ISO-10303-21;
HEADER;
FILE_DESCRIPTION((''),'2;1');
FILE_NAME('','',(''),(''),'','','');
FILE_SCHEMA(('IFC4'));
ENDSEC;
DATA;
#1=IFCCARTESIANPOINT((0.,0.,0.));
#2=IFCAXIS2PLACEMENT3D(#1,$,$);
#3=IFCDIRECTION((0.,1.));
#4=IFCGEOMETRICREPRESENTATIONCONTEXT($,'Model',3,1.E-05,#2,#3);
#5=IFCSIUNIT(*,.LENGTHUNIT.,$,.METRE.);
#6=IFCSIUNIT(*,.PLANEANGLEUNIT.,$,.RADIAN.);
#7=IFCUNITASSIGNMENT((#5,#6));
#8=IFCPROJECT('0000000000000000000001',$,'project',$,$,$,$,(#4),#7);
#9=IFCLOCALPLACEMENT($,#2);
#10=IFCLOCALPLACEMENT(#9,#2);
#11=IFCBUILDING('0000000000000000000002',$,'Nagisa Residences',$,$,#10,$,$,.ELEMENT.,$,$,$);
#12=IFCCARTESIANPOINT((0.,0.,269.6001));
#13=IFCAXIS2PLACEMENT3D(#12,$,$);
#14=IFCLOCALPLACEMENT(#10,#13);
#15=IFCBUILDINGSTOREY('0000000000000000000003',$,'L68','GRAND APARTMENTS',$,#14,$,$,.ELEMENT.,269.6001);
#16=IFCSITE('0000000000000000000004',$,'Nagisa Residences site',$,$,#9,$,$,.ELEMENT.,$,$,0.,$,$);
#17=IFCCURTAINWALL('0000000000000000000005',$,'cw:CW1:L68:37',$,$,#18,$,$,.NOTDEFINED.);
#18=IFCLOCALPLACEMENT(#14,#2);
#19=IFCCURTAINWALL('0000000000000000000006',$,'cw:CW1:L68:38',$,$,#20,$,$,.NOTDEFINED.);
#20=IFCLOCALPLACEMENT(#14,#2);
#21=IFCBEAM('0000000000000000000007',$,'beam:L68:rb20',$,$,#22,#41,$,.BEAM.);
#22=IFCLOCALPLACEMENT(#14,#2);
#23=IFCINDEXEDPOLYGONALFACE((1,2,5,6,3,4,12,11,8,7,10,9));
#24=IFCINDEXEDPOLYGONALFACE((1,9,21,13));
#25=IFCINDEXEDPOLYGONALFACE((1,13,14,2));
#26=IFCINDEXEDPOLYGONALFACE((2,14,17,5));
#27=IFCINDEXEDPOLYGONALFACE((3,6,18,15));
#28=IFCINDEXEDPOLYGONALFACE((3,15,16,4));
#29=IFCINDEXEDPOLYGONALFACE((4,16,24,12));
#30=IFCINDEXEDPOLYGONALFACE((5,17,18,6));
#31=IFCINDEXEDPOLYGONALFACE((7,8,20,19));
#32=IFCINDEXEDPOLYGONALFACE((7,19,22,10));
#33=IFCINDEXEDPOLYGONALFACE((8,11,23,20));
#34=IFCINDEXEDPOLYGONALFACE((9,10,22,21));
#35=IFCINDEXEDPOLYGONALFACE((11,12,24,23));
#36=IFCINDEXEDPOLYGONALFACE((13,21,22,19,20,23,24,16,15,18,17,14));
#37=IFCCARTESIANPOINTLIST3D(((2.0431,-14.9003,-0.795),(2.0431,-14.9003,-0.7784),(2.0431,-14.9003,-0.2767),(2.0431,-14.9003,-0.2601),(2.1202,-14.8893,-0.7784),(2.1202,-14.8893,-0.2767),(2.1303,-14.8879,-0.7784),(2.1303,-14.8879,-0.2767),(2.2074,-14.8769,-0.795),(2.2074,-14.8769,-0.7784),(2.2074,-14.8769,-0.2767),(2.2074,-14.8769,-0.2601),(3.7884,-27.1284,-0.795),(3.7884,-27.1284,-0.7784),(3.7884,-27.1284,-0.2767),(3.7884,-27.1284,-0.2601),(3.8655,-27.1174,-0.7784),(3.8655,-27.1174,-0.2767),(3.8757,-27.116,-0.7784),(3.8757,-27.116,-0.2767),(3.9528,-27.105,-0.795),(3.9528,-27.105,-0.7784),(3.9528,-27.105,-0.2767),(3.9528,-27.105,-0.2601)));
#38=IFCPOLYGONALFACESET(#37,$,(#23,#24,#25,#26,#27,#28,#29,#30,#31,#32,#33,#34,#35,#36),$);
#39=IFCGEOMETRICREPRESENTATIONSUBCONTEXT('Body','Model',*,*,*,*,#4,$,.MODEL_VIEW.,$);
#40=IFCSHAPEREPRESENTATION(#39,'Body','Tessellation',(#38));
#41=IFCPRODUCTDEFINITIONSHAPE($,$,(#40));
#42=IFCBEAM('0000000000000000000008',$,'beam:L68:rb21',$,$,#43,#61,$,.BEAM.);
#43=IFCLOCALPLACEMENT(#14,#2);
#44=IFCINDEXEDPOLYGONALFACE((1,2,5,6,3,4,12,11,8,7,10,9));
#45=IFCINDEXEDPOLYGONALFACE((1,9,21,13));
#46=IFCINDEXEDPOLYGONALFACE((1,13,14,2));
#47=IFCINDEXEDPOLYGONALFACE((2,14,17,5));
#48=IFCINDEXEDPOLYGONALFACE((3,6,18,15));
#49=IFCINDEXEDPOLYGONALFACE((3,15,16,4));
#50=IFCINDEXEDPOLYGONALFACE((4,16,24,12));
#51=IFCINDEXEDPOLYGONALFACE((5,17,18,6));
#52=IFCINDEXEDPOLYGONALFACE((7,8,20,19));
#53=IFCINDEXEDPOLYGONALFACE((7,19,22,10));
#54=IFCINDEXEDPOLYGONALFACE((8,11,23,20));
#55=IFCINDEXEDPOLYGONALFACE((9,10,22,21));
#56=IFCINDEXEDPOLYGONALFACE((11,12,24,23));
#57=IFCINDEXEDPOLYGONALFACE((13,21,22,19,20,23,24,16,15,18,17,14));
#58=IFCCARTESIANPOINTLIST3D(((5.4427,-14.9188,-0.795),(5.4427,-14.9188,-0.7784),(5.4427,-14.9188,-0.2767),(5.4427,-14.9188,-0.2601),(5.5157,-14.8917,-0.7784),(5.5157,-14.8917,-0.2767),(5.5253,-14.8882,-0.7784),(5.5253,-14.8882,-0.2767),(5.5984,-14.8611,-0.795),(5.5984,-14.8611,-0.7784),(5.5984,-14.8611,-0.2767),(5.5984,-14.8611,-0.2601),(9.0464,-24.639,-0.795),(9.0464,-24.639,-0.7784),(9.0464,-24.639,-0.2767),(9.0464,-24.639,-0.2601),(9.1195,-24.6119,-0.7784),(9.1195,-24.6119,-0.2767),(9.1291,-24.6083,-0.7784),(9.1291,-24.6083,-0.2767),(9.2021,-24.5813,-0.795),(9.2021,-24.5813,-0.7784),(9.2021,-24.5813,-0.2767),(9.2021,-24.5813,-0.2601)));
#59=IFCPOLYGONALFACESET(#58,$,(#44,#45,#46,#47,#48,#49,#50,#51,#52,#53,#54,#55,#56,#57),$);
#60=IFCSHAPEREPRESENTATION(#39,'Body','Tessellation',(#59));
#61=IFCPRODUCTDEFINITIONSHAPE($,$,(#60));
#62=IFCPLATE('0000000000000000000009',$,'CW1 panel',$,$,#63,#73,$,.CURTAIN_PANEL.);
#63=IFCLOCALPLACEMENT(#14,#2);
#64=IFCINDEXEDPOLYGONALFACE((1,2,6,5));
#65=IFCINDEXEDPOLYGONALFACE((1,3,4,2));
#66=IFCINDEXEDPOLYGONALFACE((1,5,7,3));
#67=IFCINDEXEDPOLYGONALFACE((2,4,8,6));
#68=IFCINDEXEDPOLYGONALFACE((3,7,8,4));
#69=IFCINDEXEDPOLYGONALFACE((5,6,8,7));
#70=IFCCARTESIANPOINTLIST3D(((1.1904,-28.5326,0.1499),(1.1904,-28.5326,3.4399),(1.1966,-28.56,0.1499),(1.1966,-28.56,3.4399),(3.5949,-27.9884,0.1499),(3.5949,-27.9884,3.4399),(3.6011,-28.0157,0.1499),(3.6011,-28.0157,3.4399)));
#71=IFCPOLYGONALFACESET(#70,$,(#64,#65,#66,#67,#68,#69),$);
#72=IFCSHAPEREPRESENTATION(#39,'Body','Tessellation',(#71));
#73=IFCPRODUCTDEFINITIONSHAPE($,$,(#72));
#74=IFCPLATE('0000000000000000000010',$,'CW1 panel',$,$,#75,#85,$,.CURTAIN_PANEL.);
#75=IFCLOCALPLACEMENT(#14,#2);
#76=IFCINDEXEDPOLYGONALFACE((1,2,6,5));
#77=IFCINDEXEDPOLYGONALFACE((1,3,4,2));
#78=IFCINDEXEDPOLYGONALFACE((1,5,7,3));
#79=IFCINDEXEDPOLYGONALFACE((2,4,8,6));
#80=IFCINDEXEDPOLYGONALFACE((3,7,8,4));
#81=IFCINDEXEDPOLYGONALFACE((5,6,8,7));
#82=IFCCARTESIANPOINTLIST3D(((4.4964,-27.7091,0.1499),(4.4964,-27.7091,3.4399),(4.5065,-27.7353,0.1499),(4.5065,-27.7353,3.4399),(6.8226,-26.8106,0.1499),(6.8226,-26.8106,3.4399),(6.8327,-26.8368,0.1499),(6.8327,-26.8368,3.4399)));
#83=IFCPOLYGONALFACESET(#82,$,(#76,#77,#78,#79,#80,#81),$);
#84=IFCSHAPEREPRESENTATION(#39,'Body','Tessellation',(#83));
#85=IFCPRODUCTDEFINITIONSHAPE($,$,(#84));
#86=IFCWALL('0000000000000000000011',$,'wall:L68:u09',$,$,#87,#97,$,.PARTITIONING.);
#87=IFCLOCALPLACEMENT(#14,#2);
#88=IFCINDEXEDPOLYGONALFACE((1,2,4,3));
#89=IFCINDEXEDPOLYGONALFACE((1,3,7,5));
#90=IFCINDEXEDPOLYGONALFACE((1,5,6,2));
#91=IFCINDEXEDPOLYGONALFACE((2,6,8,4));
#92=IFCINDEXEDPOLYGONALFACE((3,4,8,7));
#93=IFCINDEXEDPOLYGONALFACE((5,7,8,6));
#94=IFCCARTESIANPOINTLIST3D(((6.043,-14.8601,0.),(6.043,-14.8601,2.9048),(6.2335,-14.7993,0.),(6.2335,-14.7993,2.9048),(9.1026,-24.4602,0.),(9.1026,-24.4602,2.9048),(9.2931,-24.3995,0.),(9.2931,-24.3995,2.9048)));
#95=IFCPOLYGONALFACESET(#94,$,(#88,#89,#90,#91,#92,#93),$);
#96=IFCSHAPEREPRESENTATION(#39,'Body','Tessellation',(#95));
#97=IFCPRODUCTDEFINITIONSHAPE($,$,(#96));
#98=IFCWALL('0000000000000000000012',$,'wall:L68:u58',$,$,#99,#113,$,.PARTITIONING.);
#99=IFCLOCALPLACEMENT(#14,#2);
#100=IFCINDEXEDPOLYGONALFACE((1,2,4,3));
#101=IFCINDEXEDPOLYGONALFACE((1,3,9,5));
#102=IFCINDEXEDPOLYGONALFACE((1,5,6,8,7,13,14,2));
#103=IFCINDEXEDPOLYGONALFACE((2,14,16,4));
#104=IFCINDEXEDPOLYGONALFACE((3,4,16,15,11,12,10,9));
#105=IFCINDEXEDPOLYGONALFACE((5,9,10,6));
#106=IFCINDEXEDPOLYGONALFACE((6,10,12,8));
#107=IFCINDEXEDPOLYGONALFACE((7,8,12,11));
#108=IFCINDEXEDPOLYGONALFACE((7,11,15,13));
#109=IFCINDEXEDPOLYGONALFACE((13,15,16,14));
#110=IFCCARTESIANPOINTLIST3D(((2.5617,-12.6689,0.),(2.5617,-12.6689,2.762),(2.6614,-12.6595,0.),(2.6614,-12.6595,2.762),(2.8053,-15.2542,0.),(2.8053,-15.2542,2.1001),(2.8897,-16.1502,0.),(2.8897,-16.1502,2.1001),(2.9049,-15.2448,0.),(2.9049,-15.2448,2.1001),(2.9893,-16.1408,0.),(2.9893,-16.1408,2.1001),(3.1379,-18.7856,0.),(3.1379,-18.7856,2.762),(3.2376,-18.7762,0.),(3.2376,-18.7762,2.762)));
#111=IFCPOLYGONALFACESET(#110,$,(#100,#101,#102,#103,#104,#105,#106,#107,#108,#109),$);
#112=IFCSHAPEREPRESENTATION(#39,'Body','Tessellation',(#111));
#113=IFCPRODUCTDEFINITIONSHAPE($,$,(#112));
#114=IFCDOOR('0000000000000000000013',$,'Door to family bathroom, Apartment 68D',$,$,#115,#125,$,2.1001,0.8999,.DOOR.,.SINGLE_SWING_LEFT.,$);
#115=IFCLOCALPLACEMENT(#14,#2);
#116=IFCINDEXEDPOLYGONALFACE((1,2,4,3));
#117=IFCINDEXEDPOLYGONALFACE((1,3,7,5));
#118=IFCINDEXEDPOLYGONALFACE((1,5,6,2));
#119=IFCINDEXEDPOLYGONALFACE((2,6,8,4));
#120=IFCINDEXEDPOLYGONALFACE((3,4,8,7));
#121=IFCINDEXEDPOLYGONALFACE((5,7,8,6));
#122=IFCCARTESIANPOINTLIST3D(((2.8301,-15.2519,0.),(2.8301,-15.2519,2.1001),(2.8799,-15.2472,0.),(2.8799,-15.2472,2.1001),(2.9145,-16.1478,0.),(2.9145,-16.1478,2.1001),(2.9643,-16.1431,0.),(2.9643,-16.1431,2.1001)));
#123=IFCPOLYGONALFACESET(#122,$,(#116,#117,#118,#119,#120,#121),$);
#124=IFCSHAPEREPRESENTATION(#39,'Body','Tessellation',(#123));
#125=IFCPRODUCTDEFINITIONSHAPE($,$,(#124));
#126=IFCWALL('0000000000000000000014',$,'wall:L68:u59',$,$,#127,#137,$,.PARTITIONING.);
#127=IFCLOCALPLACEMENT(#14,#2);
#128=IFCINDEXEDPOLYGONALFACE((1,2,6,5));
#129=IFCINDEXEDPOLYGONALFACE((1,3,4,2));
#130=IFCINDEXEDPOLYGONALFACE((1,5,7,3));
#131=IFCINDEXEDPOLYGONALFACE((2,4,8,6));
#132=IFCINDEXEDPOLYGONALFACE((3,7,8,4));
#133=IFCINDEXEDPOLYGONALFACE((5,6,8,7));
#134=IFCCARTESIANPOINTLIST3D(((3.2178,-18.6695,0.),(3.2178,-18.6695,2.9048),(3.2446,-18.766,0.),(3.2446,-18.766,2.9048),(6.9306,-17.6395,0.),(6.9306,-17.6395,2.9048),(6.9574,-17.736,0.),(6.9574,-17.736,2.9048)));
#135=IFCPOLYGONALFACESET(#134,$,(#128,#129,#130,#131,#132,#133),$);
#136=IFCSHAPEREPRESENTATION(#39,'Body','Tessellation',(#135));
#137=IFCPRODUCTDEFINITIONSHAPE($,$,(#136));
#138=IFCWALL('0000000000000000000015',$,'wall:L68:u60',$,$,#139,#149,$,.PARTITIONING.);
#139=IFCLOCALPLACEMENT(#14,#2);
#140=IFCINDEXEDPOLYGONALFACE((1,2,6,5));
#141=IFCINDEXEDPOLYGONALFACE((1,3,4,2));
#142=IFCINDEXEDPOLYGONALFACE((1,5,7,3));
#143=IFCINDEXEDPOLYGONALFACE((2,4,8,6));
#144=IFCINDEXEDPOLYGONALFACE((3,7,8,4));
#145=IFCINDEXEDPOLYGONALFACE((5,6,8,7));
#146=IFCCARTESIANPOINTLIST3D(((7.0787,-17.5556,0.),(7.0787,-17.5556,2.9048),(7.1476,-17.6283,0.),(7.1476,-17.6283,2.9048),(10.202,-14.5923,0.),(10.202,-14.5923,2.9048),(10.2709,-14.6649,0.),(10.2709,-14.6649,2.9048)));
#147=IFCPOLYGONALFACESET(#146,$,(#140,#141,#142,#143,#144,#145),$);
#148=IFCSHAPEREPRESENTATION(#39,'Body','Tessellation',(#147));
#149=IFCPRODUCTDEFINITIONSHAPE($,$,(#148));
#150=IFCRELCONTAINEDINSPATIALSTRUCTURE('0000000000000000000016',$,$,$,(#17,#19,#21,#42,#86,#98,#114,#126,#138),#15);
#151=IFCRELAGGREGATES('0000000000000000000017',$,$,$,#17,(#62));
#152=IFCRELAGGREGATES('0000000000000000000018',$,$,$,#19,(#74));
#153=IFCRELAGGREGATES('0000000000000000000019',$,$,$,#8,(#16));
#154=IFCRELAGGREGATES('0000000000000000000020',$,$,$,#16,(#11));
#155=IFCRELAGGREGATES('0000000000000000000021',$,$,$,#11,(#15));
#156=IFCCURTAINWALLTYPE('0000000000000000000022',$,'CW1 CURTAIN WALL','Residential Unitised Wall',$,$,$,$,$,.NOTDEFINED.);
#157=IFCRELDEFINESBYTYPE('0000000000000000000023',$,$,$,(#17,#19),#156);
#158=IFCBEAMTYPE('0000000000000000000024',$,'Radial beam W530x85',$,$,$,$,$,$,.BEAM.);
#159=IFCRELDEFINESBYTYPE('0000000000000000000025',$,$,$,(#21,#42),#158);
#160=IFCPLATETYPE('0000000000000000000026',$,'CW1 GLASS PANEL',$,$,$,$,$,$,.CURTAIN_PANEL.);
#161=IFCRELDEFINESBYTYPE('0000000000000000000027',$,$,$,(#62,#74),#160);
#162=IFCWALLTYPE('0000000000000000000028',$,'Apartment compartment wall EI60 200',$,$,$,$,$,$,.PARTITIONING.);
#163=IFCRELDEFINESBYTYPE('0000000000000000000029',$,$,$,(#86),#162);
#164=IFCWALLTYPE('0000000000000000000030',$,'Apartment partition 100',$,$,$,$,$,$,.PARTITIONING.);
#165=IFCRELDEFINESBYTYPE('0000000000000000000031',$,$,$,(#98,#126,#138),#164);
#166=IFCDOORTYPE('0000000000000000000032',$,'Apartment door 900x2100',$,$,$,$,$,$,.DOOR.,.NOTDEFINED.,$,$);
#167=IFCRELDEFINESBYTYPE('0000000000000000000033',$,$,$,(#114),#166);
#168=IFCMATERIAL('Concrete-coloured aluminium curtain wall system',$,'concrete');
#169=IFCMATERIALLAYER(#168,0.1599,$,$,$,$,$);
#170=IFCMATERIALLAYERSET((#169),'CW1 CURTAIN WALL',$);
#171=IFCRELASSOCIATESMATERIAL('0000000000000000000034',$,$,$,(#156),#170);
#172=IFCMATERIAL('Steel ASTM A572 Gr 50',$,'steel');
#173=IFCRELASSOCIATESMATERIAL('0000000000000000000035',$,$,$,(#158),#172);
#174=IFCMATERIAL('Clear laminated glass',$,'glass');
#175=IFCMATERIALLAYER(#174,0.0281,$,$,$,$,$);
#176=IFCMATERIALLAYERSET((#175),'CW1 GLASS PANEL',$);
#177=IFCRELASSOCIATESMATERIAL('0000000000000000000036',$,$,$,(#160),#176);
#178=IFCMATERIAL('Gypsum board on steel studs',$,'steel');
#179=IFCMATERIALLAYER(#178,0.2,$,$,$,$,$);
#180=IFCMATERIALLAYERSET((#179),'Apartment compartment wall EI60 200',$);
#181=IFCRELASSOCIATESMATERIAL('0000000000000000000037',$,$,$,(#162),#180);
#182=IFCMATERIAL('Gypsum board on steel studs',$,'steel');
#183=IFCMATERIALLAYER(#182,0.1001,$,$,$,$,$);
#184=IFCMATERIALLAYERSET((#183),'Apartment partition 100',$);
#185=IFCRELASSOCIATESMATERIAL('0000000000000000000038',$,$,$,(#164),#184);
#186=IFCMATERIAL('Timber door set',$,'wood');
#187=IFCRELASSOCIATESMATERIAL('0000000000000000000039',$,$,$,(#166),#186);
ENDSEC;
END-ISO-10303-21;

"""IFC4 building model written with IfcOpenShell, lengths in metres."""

from ifc_helpers import new_model, si_unit, direction, frame, frame_2d, origin, origin_2d, place, context, subcontext, project, spatial, rectangle, i_section, extrude, material, layer, layer_set, material_profile, profile_set, type_object, element, fill, aggregate, save


model = new_model("IFC4")

# Units and contexts
model_context = context("Model", 3, precision=1e-05, world=origin(), true_north=direction((0.0, 1.0)))
body_context = subcontext(model_context, "Body", "Model", "MODEL_VIEW")
ifc_project = project(units=[si_unit("LENGTHUNIT", "METRE"), si_unit("PLANEANGLEUNIT", "RADIAN")], contexts=[model_context])

# Site, building, storey
site_placement = place(None, origin())
site = spatial("IfcSite", under=ifc_project, at=site_placement, Name="Nagisa Residences site", CompositionType="ELEMENT", RefElevation=0.0)
building_placement = place(site_placement, origin())
building = spatial("IfcBuilding", under=site, at=building_placement, Name="Nagisa Residences", CompositionType="ELEMENT")
storey_placement = place(building_placement, frame((0.0, 0.0, 269.6001)))
storey = spatial("IfcBuildingStorey", under=building, at=storey_placement, Name="L68", Description="GRAND APARTMENTS", CompositionType="ELEMENT", Elevation=269.6001)

# Curtain walls
ifc_material_1 = material(Name="Concrete-coloured aluminium curtain wall system", Category="concrete")
ifc_layer_1 = layer(ifc_material_1, 0.1599)
ifc_layer_set_1 = layer_set([ifc_layer_1], Name="CW1 CURTAIN WALL")
curtain_wall_type = type_object("IfcCurtainWallType", Name="CW1 CURTAIN WALL", Description="Residential Unitised Wall", PredefinedType="NOTDEFINED", material=ifc_layer_set_1)
curtain_wall_1_placement = place(storey_placement, origin())
curtain_wall_1 = element("IfcCurtainWall", 1, at=curtain_wall_1_placement, inside=storey, type_object=curtain_wall_type, Name="cw:CW1:L68:37", PredefinedType="NOTDEFINED")
curtain_wall_2_placement = place(storey_placement, origin())
curtain_wall_2 = element("IfcCurtainWall", 2, at=curtain_wall_2_placement, inside=storey, type_object=curtain_wall_type, Name="cw:CW1:L68:38", PredefinedType="NOTDEFINED")

# Beams
ifc_material_2 = material(Name="Steel ASTM A572 Gr 50", Category="steel")
ifc_material_profile_1 = material_profile(ifc_material_2, i_section(OverallWidth=0.166, OverallDepth=0.5349, WebThickness=0.0103, FlangeThickness=0.0166, at=origin_2d()), Name="W530x85")
ifc_profile_set_1 = profile_set([ifc_material_profile_1], Name="Steel ASTM A572 Gr 50")
beam_type_1 = type_object("IfcBeamType", Name="Radial beam W530x85", PredefinedType="BEAM", material=ifc_profile_set_1)
beam_1_placement = place(storey_placement, frame((3.8706, -27.1167, -0.5276), z_axis=(-0.141302, 0.989966, 0.0), x_axis=(-0.989966, -0.141302, 0.0)))
element("IfcBeam", 3, at=beam_1_placement, inside=storey, type_object=beam_type_1, Name="beam:L68:rb20", PredefinedType="BEAM", context=body_context, shape_type="SweptSolid", body=[
    extrude(i_section(OverallWidth=0.166, OverallDepth=0.5349, WebThickness=0.0103, FlangeThickness=0.0166, at=origin_2d()), origin(), (0.0, 0.0, 1.0), 12.3521),
])
beam_2_placement = place(storey_placement, frame((9.1243, -24.6101, -0.5276), z_axis=(-0.347627, 0.937633, 0.0), x_axis=(-0.937633, -0.347627, 0.0)))
element("IfcBeam", 4, at=beam_2_placement, inside=storey, type_object=beam_type_1, Name="beam:L68:rb21", PredefinedType="BEAM", context=body_context, shape_type="SweptSolid", body=[
    extrude(i_section(OverallWidth=0.166, OverallDepth=0.5349, WebThickness=0.0103, FlangeThickness=0.0166, at=origin_2d()), origin(), (0.0, 0.0, 1.0), 10.3667),
])

# Plates
ifc_material_3 = material(Name="Clear laminated glass", Category="glass")
ifc_layer_2 = layer(ifc_material_3, 0.0281)
ifc_layer_set_2 = layer_set([ifc_layer_2], Name="CW1 GLASS PANEL")
plate_type = type_object("IfcPlateType", Name="CW1 GLASS PANEL", PredefinedType="CURTAIN_PANEL", material=ifc_layer_set_2)
plate_1_placement = place(storey_placement, frame((2.3958, -28.2742, 0.1499), z_axis=(0.0, 0.0, 1.0), x_axis=(0.975327, 0.220764, 0.0)))
plate_1 = element("IfcPlate", 5, at=plate_1_placement, type_object=plate_type, Name="CW1 panel", PredefinedType="CURTAIN_PANEL", context=body_context, shape_type="SweptSolid", body=[
    extrude(rectangle(XDim=2.4653, YDim=0.0281, at=origin_2d()), origin(), (0.0, 0.0, 1.0), 3.29),
])
aggregate(curtain_wall_1, [plate_1])
plate_2_placement = place(storey_placement, frame((5.6646, -27.2729, 0.1499), z_axis=(0.0, 0.0, 1.0), x_axis=(0.932826, 0.360328, 0.0)))
plate_2 = element("IfcPlate", 6, at=plate_2_placement, type_object=plate_type, Name="CW1 panel", PredefinedType="CURTAIN_PANEL", context=body_context, shape_type="SweptSolid", body=[
    extrude(rectangle(XDim=2.4937, YDim=0.0281, at=origin_2d()), origin(), (0.0, 0.0, 1.0), 3.29),
])
aggregate(curtain_wall_2, [plate_2])

# Wall
ifc_material_4 = material(Name="Gypsum board on steel studs", Category="steel")
ifc_layer_3 = layer(ifc_material_4, 0.2)
ifc_layer_set_3 = layer_set([ifc_layer_3], Name="Apartment compartment wall EI60 200")
wall_type_1 = type_object("IfcWallType", Name="Apartment compartment wall EI60 200", PredefinedType="PARTITIONING", material=ifc_layer_set_3)
wall_1_placement = place(storey_placement, frame((6.1382, -14.8296, 0.0), z_axis=(0.0, 0.0, 1.0), x_axis=(0.303654, -0.952782, 0.0)))
element("IfcWall", 7, at=wall_1_placement, inside=storey, type_object=wall_type_1, Name="wall:L68:u09", PredefinedType="PARTITIONING", context=body_context, shape_type="SweptSolid", body=[
    extrude(rectangle(XDim=10.0759, YDim=0.2, at=frame_2d((5.0381, 0.0))), origin(), (0.0, 0.0, 1.0), 2.9048),
])

# Wall, opening, door
ifc_material_5 = material(Name="Gypsum board on steel studs", Category="steel")
ifc_layer_4 = layer(ifc_material_5, 0.1001)
ifc_layer_set_4 = layer_set([ifc_layer_4], Name="Apartment partition 100")
wall_type_2 = type_object("IfcWallType", Name="Apartment partition 100", PredefinedType="PARTITIONING", material=ifc_layer_set_4)
wall_2_placement = place(storey_placement, frame((2.6116, -12.6643, 0.0), z_axis=(0.0, 0.0, 1.0), x_axis=(0.093781, -0.995593, 0.0)))
wall_2 = element("IfcWall", 8, at=wall_2_placement, inside=storey, type_object=wall_type_2, Name="wall:L68:u58", PredefinedType="PARTITIONING", context=body_context, shape_type="SweptSolid", body=[
    extrude(rectangle(XDim=6.1438, YDim=0.1001, at=frame_2d((3.0718, 0.0))), origin(), (0.0, 0.0, 1.0), 2.762),
])
opening_1_placement = place(wall_2_placement, frame((2.5967, 0.0, 0.0)))
opening_1 = element("IfcOpeningElement", 9, at=opening_1_placement, cuts=wall_2, PredefinedType="OPENING", context=body_context, shape_type="SweptSolid", body=[
    extrude(rectangle(XDim=0.8999, YDim=2.1001, at=frame_2d((0.45, 1.05))), frame((0.0, 0.0601, 0.0), z_axis=(0.0, -1.0, 0.0), x_axis=(1.0, 0.0, 0.0)), (0.0, 0.0, 1.0), 0.1201),
])
ifc_material_6 = material(Name="Timber door set", Category="wood")
door_type_1 = type_object("IfcDoorType", Name="Apartment door 900x2100", OperationType="NOTDEFINED", PredefinedType="DOOR", material=ifc_material_6)
door_1_placement = place(opening_1_placement, origin())
door_1 = element("IfcDoor", 10, at=door_1_placement, inside=storey, type_object=door_type_1, Name="Door to family bathroom, Apartment 68D", OperationType="SINGLE_SWING_LEFT", OverallHeight=2.1001, OverallWidth=0.8999, PredefinedType="DOOR", context=body_context, shape_type="SweptSolid", body=[
    extrude(rectangle(XDim=0.8999, YDim=2.1001, at=frame_2d((0.45, 1.05))), frame((0.0, 0.0249, 0.0), z_axis=(0.0, -1.0, 0.0), x_axis=(1.0, 0.0, 0.0)), (0.0, 0.0, 1.0), 0.05),
])
fill(opening_1, door_1)

# Walls
wall_3_placement = place(storey_placement, frame((3.2312, -18.7178, 0.0), z_axis=(0.0, 0.0, 1.0), x_axis=(0.963607, 0.267324, 0.0)))
element("IfcWall", 11, at=wall_3_placement, inside=storey, type_object=wall_type_2, Name="wall:L68:u59", PredefinedType="PARTITIONING", context=body_context, shape_type="SweptSolid", body=[
    extrude(rectangle(XDim=3.853, YDim=0.1001, at=frame_2d((1.9265, 0.0))), origin(), (0.0, 0.0, 1.0), 2.9048),
])
wall_4_placement = place(storey_placement, frame((7.113, -17.592, 0.0), z_axis=(0.0, 0.0, 1.0), x_axis=(0.725434, 0.688292, 0.0)))
element("IfcWall", 12, at=wall_4_placement, inside=storey, type_object=wall_type_2, Name="wall:L68:u60", PredefinedType="PARTITIONING", context=body_context, shape_type="SweptSolid", body=[
    extrude(rectangle(XDim=4.3054, YDim=0.1001, at=frame_2d((2.1528, 0.0))), origin(), (0.0, 0.0, 1.0), 2.9048),
])

save(model, "model.ifc")
